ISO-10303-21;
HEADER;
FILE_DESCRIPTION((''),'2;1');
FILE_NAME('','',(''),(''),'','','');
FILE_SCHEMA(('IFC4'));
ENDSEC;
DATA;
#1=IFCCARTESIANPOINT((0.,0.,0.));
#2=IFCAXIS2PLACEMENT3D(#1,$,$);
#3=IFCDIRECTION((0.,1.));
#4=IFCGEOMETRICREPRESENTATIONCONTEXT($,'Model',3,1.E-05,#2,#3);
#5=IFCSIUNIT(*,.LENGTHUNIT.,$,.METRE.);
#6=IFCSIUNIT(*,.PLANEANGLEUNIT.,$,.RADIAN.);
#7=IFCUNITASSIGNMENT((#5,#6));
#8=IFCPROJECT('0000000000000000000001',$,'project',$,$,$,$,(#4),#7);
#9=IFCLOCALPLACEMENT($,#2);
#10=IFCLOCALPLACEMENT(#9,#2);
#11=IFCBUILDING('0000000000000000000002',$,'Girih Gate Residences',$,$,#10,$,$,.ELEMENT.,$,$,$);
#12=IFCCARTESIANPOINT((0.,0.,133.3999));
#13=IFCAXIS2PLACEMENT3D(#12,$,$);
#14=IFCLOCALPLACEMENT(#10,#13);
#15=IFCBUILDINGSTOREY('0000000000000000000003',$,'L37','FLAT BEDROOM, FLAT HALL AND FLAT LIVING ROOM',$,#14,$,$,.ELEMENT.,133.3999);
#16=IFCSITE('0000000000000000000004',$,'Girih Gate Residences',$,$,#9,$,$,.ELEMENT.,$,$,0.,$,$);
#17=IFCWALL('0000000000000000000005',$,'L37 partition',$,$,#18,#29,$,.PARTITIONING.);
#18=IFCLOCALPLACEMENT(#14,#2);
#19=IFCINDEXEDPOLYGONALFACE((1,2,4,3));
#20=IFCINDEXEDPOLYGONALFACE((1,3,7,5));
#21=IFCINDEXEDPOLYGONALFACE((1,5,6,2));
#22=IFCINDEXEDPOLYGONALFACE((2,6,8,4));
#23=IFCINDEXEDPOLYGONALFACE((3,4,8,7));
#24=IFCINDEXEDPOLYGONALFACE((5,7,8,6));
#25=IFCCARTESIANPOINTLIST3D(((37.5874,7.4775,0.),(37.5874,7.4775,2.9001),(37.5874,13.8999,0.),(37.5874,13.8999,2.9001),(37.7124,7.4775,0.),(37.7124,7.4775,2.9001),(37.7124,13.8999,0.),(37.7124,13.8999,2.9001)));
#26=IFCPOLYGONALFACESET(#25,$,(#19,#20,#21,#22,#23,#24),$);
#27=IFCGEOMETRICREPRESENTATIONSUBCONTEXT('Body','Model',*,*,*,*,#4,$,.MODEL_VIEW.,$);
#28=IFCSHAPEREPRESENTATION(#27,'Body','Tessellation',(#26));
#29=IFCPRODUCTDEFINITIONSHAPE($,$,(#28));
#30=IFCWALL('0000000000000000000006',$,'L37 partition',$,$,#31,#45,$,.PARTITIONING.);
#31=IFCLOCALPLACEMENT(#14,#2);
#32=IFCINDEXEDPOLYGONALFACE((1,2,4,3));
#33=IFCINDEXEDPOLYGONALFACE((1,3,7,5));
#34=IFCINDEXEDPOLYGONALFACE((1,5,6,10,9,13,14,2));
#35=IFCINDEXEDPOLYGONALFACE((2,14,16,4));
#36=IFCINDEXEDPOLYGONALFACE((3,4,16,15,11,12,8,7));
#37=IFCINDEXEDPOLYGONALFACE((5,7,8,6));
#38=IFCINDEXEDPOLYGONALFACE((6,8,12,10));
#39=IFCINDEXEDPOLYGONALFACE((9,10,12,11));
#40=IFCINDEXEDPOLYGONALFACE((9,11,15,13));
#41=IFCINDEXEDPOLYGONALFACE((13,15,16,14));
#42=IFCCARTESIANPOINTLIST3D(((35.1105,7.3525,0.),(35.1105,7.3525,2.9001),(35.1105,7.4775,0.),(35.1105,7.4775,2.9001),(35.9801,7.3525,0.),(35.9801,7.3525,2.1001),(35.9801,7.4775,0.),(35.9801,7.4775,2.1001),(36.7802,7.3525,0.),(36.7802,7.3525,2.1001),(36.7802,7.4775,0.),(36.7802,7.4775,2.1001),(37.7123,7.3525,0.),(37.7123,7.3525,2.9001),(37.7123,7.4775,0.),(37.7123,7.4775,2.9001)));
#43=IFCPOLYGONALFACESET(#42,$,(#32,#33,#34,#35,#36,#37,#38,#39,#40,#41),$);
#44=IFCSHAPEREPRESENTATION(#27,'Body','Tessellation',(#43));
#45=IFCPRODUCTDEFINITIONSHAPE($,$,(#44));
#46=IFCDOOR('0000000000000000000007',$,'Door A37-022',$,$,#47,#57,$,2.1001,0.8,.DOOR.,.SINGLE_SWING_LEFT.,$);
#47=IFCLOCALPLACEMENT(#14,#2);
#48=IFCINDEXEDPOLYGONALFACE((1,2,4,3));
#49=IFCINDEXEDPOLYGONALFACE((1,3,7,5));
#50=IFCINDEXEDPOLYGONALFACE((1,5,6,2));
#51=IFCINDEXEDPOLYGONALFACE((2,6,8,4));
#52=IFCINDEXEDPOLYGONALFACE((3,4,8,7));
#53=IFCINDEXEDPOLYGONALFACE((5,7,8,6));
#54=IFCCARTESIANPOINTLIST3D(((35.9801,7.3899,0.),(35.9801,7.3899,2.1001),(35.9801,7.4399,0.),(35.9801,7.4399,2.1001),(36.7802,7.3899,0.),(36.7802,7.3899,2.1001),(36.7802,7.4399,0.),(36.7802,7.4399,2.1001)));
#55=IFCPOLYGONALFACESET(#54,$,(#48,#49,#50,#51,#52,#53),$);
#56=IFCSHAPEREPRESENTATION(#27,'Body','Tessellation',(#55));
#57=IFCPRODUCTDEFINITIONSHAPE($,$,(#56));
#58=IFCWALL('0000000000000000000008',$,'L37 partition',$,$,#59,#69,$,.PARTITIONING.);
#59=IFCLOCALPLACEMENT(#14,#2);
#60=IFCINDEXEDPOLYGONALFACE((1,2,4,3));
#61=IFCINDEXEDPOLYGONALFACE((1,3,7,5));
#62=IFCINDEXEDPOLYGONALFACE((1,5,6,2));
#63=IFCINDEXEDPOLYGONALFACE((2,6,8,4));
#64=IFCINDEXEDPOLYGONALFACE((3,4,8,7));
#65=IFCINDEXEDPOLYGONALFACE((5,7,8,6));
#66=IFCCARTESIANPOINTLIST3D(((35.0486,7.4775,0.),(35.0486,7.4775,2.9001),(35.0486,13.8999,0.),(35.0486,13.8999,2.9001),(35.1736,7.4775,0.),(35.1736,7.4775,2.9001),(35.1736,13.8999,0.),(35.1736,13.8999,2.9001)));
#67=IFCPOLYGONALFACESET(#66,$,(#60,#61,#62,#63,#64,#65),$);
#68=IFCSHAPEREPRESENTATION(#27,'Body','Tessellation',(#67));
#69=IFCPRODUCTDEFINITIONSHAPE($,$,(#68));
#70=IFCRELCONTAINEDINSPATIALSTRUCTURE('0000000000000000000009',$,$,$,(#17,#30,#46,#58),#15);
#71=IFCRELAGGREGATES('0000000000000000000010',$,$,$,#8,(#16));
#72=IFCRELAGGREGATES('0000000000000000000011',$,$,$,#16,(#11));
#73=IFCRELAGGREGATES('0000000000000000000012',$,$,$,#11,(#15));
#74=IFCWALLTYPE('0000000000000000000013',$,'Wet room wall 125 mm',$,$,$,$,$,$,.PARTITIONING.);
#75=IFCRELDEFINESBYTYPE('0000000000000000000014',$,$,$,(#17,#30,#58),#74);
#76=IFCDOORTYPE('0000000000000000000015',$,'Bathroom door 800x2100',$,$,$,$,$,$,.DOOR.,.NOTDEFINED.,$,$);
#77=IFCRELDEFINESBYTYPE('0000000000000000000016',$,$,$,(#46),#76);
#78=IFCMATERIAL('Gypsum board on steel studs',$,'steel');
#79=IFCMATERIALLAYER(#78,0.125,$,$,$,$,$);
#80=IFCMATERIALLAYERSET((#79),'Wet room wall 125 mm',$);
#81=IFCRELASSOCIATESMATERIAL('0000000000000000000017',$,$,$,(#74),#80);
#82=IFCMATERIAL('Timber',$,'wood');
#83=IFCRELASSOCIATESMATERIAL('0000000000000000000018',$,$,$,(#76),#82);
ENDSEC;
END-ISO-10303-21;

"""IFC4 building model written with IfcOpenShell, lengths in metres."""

from ifc_helpers import new_model, si_unit, direction, frame, frame_2d, origin, place, context, subcontext, project, spatial, rectangle, extrude, material, layer, layer_set, type_object, element, fill, save


model = new_model("IFC4")

# Units and contexts
model_context = context("Model", 3, precision=1e-05, world=origin(), true_north=direction((0.0, 1.0)))
body_context = subcontext(model_context, "Body", "Model", "MODEL_VIEW")
ifc_project = project(units=[si_unit("LENGTHUNIT", "METRE"), si_unit("PLANEANGLEUNIT", "RADIAN")], contexts=[model_context])

# Site, building, storey
site_placement = place(None, origin())
site = spatial("IfcSite", under=ifc_project, at=site_placement, Name="Girih Gate Residences", CompositionType="ELEMENT", RefElevation=0.0)
building_placement = place(site_placement, origin())
building = spatial("IfcBuilding", under=site, at=building_placement, Name="Girih Gate Residences", CompositionType="ELEMENT")
storey_placement = place(building_placement, frame((0.0, 0.0, 133.3999)))
storey = spatial("IfcBuildingStorey", under=building, at=storey_placement, Name="L37", Description="FLAT BEDROOM, FLAT HALL AND FLAT LIVING ROOM", CompositionType="ELEMENT", Elevation=133.3999)

# Shared definitions
ifc_material_1 = material(Name="Gypsum board on steel studs", Category="steel")

# Shared definitions
ifc_material_2 = material(Name="Timber", Category="wood")

# Wall
ifc_layer_1 = layer(ifc_material_1, 0.125)
ifc_layer_set_1 = layer_set([ifc_layer_1], Name="Wet room wall 125 mm")
wall_type_1 = type_object("IfcWallType", Name="Wet room wall 125 mm", PredefinedType="PARTITIONING", material=ifc_layer_set_1)
wall_1_placement = place(storey_placement, frame((37.6499, 7.4775, 0.0), z_axis=(0.0, 0.0, 1.0), x_axis=(0.0, 1.0, 0.0)))
element("IfcWall", 1, at=wall_1_placement, inside=storey, type_object=wall_type_1, Name="L37 partition", PredefinedType="PARTITIONING", context=body_context, shape_type="SweptSolid", body=[
    extrude(rectangle(XDim=6.4224, YDim=0.125, at=frame_2d((3.2112, 0.0))), origin(), (0.0, 0.0, 1.0), 2.9001),
])

# Wall, opening, door
wall_2_placement = place(storey_placement, frame((35.1106, 7.415, 0.0), z_axis=(0.0, 0.0, 1.0), x_axis=(1.0, 0.0, 0.0)))
wall_2 = element("IfcWall", 2, at=wall_2_placement, inside=storey, type_object=wall_type_1, Name="L37 partition", PredefinedType="PARTITIONING", context=body_context, shape_type="SweptSolid", body=[
    extrude(rectangle(XDim=2.6018, YDim=0.125, at=frame_2d((1.3008, 0.0))), origin(), (0.0, 0.0, 1.0), 2.9001),
])
opening_1_placement = place(wall_2_placement, frame((0.8696, 0.0, 0.0)))
opening_1 = element("IfcOpeningElement", 3, at=opening_1_placement, cuts=wall_2, PredefinedType="OPENING", context=body_context, shape_type="SweptSolid", body=[
    extrude(rectangle(XDim=0.8, YDim=2.1001, at=frame_2d((0.3999, 1.05))), frame((0.0, 0.0725, 0.0), z_axis=(0.0, -1.0, 0.0), x_axis=(1.0, 0.0, 0.0)), (0.0, 0.0, 1.0), 0.145),
])
door_type_1 = type_object("IfcDoorType", Name="Bathroom door 800x2100", OperationType="NOTDEFINED", PredefinedType="DOOR", material=ifc_material_2)
door_1_placement = place(opening_1_placement, origin())
door_1 = element("IfcDoor", 4, at=door_1_placement, inside=storey, type_object=door_type_1, Name="Door A37-022", OperationType="SINGLE_SWING_LEFT", OverallHeight=2.1001, OverallWidth=0.8, PredefinedType="DOOR", context=body_context, shape_type="SweptSolid", body=[
    extrude(rectangle(XDim=0.8, YDim=2.1001, at=frame_2d((0.3999, 1.05))), frame((0.0, 0.0249, 0.0), z_axis=(0.0, -1.0, 0.0), x_axis=(1.0, 0.0, 0.0)), (0.0, 0.0, 1.0), 0.05),
])
fill(opening_1, door_1)

# Wall
wall_3_placement = place(storey_placement, frame((35.1111, 7.4775, 0.0), z_axis=(0.0, 0.0, 1.0), x_axis=(0.0, 1.0, 0.0)))
element("IfcWall", 5, at=wall_3_placement, inside=storey, type_object=wall_type_1, Name="L37 partition", PredefinedType="PARTITIONING", context=body_context, shape_type="SweptSolid", body=[
    extrude(rectangle(XDim=6.4224, YDim=0.125, at=frame_2d((3.2112, 0.0))), origin(), (0.0, 0.0, 1.0), 2.9001),
])

save(model, "model.ifc")
